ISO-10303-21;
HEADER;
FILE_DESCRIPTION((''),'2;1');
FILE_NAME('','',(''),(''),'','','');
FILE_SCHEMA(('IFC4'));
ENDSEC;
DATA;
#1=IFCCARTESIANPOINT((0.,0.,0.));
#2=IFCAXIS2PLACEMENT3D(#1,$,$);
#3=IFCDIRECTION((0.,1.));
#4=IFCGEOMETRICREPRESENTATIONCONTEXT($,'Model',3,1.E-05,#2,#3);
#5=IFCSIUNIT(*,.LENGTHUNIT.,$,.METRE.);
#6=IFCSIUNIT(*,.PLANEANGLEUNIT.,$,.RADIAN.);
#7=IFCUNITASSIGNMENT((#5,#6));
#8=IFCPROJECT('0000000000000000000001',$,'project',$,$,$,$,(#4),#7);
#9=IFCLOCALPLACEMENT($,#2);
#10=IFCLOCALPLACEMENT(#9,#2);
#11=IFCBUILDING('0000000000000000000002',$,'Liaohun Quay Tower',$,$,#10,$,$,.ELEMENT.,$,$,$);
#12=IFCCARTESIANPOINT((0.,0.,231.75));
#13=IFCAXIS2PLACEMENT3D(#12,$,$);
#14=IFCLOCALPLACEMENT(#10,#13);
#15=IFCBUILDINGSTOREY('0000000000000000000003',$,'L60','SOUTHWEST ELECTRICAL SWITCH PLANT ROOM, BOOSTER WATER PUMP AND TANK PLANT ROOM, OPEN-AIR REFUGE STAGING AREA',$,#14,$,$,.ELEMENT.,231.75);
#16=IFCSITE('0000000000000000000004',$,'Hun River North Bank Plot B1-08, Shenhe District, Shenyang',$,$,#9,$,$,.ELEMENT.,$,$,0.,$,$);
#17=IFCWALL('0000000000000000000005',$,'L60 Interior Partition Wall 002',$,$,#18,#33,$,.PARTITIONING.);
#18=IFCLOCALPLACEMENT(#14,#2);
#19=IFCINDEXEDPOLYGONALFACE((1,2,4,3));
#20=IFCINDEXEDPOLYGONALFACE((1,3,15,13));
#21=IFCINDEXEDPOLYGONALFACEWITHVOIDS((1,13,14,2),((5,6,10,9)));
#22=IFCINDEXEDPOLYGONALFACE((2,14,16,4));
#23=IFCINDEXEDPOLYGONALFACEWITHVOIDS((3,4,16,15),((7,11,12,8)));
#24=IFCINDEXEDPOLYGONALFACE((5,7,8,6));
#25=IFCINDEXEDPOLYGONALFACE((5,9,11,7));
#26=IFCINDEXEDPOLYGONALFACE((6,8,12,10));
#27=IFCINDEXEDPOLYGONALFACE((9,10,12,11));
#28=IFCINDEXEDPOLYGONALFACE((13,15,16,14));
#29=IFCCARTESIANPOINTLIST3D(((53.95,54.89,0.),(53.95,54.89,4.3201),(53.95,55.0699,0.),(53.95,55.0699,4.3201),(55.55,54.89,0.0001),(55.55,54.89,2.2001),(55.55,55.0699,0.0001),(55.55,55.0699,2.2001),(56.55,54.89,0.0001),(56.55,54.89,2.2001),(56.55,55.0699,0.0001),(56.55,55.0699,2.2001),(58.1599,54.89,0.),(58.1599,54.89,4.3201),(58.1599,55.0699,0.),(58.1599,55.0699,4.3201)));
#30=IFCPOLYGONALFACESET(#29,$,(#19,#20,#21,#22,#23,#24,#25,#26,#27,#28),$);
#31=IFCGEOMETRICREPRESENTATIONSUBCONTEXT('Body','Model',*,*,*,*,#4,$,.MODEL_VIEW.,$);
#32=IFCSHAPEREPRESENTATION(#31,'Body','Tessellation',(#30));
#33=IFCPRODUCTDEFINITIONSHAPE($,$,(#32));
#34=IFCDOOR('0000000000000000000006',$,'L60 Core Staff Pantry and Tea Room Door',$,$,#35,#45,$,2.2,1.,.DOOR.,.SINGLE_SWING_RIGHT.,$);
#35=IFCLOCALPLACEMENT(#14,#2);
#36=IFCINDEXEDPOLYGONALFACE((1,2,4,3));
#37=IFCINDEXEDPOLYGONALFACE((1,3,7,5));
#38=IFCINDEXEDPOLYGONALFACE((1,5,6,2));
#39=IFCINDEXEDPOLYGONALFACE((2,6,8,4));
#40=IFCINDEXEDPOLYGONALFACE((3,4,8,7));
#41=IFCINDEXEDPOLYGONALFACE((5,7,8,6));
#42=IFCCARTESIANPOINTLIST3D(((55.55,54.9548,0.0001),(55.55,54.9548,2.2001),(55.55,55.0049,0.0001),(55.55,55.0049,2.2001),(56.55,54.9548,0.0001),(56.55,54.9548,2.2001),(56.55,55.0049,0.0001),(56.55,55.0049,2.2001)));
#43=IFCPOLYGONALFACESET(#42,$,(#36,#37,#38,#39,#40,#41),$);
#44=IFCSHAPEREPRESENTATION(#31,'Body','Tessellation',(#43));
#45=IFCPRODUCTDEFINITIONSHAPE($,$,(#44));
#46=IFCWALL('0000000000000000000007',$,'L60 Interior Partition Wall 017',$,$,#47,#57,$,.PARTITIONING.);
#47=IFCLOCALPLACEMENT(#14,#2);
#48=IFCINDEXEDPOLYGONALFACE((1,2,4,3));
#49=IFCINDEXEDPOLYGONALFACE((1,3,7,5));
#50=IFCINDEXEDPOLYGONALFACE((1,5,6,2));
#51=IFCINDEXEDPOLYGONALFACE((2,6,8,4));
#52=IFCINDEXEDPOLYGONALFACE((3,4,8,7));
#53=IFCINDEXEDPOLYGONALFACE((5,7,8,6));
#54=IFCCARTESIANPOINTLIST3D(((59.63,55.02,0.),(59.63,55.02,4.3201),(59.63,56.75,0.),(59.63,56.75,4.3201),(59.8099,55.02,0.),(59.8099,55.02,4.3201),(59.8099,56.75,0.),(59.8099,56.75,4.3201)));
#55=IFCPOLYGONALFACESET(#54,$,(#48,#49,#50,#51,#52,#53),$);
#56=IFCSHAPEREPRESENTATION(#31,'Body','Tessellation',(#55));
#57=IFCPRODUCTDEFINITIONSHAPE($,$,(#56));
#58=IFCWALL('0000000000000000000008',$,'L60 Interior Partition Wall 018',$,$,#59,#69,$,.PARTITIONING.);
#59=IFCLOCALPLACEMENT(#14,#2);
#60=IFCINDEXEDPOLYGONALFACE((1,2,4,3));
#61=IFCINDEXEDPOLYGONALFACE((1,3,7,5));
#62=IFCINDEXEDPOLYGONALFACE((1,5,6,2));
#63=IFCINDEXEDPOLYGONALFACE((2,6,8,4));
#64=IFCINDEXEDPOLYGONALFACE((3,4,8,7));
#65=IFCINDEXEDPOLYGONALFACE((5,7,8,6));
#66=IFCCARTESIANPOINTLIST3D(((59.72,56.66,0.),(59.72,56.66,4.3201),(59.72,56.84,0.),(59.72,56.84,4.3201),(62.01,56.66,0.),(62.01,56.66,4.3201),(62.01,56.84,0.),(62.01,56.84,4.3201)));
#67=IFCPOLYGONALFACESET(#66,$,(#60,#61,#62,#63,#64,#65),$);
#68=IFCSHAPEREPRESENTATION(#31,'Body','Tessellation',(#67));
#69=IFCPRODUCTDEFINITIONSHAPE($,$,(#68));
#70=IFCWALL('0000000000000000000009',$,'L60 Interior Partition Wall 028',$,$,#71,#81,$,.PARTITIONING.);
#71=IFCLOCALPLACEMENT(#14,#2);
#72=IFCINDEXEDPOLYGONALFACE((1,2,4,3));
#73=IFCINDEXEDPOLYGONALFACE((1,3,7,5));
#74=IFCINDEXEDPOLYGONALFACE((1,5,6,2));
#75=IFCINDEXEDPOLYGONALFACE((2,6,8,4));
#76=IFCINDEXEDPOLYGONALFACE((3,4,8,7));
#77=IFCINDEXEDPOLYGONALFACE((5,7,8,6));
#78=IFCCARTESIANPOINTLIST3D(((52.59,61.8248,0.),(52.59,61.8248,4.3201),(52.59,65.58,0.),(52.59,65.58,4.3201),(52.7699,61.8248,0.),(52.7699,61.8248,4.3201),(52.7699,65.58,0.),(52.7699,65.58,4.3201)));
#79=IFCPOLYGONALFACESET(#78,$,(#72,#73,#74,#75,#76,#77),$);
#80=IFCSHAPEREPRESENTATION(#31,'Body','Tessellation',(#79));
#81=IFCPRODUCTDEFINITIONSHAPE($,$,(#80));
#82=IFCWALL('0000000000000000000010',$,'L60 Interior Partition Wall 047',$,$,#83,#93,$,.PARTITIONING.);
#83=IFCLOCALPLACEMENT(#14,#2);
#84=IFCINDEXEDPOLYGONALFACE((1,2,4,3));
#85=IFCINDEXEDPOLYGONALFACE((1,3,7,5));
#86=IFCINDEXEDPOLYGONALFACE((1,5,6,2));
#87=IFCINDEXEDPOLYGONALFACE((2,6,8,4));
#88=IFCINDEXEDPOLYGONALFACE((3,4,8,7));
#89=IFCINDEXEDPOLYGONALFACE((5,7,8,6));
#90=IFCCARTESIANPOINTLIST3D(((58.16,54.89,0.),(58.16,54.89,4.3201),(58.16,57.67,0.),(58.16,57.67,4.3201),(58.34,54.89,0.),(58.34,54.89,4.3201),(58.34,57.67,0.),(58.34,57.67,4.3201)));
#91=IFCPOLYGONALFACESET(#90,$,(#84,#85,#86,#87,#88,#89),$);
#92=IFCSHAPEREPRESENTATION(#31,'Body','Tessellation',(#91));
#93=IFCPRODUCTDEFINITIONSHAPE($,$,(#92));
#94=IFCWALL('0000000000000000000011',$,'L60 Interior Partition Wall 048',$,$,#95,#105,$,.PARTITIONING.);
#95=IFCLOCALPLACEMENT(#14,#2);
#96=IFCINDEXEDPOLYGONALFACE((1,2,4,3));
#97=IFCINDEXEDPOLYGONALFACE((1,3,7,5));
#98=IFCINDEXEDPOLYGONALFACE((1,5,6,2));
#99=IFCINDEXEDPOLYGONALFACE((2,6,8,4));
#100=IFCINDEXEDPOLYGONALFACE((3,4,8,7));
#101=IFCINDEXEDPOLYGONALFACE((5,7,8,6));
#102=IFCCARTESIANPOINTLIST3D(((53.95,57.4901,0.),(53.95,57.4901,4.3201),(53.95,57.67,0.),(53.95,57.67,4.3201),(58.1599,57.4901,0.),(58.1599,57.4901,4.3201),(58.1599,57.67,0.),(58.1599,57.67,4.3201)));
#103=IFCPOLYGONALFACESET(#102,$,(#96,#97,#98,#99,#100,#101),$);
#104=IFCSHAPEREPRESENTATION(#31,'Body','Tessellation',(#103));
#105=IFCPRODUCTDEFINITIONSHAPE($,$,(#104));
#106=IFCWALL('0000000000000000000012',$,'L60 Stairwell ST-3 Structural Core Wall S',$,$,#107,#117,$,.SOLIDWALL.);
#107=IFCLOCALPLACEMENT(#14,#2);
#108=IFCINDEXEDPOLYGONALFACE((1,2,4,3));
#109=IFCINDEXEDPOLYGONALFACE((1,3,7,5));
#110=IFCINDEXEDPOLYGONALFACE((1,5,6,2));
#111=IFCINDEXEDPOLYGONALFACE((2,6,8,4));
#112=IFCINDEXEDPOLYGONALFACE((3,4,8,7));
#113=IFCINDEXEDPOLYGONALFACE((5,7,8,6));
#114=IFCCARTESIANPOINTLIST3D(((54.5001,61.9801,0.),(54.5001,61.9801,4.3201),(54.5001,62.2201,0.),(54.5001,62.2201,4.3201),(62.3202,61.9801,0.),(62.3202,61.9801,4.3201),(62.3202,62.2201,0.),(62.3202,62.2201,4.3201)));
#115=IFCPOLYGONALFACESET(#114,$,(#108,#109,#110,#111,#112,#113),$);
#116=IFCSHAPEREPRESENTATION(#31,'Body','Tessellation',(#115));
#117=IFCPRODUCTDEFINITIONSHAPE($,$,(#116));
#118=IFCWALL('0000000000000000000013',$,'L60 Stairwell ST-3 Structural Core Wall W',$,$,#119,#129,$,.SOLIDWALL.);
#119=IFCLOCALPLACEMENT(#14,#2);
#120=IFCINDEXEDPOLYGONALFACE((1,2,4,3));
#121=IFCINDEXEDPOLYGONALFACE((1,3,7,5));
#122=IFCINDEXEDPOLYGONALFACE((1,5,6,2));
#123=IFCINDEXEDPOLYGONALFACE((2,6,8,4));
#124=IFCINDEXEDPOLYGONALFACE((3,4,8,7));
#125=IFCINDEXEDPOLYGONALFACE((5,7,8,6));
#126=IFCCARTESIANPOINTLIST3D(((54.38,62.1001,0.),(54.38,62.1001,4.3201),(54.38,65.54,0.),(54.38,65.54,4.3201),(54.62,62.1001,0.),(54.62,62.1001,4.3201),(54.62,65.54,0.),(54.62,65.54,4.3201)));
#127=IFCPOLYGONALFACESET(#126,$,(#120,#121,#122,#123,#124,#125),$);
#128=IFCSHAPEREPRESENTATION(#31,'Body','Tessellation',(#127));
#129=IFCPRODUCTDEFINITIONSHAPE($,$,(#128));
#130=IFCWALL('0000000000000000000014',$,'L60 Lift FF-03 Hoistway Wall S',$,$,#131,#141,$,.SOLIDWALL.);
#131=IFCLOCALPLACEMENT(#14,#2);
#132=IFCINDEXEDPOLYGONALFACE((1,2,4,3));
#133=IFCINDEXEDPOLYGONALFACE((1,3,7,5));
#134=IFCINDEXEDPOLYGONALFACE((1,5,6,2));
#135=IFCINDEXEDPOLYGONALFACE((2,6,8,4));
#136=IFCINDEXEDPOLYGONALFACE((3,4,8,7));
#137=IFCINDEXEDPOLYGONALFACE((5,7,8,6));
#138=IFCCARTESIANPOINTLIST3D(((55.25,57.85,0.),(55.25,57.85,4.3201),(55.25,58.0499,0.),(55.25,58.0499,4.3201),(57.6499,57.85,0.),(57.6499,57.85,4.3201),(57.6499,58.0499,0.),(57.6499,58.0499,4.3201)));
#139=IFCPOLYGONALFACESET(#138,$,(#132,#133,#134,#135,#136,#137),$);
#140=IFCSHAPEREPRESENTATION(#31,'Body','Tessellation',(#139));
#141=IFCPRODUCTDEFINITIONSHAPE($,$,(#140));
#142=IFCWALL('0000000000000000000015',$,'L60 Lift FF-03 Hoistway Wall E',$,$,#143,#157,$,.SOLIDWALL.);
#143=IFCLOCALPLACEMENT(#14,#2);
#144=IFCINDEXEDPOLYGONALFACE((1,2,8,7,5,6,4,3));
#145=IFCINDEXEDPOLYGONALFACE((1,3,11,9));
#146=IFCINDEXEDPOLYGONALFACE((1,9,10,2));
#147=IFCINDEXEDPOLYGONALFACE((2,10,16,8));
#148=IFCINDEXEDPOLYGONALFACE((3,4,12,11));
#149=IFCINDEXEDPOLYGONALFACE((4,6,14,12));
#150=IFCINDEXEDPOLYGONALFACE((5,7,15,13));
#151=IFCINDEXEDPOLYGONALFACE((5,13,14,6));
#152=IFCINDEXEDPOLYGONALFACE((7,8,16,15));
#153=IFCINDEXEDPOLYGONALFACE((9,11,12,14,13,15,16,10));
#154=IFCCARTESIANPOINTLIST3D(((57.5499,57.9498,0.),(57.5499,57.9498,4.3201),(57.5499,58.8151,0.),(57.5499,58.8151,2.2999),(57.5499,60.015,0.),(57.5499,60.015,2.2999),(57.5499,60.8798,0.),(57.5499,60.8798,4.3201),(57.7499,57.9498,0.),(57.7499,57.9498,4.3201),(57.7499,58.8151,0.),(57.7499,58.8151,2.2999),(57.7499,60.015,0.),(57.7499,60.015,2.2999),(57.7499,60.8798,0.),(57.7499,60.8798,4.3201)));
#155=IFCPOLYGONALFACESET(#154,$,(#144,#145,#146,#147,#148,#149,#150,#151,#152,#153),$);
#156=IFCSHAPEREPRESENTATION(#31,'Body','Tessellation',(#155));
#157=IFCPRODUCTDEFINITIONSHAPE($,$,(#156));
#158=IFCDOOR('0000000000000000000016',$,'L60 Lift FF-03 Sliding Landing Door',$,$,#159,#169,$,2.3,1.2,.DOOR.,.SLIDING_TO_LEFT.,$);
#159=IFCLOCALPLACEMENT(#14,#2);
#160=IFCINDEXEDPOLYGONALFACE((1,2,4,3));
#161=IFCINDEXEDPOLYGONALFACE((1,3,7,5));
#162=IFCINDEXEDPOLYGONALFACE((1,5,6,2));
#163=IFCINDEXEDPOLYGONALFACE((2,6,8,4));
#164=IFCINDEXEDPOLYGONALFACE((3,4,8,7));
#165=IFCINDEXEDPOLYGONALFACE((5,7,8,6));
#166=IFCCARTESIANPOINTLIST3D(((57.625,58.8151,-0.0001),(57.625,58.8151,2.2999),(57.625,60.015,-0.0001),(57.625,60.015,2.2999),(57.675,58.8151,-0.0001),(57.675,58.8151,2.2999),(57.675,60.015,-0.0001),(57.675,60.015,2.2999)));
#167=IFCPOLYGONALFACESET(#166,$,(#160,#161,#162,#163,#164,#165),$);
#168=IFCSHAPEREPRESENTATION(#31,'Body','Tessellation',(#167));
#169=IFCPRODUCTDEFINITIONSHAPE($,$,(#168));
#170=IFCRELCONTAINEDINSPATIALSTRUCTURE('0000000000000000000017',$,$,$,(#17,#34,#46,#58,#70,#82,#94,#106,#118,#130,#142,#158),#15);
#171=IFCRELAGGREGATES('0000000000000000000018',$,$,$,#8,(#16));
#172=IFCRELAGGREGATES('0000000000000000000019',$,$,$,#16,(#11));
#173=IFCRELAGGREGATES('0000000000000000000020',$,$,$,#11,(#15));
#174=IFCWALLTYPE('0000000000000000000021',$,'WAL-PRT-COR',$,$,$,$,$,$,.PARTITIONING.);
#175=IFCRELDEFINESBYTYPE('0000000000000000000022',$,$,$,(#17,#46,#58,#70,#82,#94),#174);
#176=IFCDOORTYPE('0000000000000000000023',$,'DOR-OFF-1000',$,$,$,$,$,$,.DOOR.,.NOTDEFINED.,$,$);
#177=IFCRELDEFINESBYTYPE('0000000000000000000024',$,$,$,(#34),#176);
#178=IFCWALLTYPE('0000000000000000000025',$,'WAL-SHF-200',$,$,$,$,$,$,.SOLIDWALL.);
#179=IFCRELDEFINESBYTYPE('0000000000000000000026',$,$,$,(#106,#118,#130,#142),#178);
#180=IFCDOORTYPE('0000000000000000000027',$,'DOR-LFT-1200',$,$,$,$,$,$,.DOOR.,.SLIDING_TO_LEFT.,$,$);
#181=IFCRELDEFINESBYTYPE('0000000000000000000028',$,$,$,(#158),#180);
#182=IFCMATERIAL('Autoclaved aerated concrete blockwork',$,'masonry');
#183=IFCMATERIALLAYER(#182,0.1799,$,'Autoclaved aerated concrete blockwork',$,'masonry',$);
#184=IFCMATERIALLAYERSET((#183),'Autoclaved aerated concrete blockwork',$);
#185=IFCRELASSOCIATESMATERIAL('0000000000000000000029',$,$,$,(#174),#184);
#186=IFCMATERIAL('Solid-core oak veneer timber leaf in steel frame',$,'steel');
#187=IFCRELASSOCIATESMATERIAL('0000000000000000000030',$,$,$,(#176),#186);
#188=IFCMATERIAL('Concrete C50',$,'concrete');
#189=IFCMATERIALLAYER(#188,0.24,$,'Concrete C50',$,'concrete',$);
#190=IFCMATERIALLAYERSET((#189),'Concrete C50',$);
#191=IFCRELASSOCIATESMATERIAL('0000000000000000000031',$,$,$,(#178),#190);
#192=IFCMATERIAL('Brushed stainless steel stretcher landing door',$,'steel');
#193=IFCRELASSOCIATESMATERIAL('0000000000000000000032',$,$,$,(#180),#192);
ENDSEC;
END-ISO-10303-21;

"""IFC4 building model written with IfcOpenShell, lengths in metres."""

from ifc_helpers import new_model, si_unit, direction, frame, frame_2d, origin, place, context, subcontext, project, spatial, rectangle, extrude, source, transform, mapped, material, layer, layer_set, type_object, element, fill, save


model = new_model("IFC4")

# Units and contexts
model_context = context("Model", 3, precision=1e-05, world=origin(), true_north=direction((0.0, 1.0)))
body_context = subcontext(model_context, "Body", "Model", "MODEL_VIEW")
ifc_project = project(units=[si_unit("LENGTHUNIT", "METRE"), si_unit("PLANEANGLEUNIT", "RADIAN")], contexts=[model_context])

# Site, building, storey
site_placement = place(None, origin())
site = spatial("IfcSite", under=ifc_project, at=site_placement, Name="Hun River North Bank Plot B1-08, Shenhe District, Shenyang", CompositionType="ELEMENT", RefElevation=0.0)
building_placement = place(site_placement, origin())
building = spatial("IfcBuilding", under=site, at=building_placement, Name="Liaohun Quay Tower", CompositionType="ELEMENT")
storey_placement = place(building_placement, frame((0.0, 0.0, 231.75)))
storey = spatial("IfcBuildingStorey", under=building, at=storey_placement, Name="L60", Description="SOUTHWEST ELECTRICAL SWITCH PLANT ROOM, BOOSTER WATER PUMP AND TANK PLANT ROOM, OPEN-AIR REFUGE STAGING AREA", CompositionType="ELEMENT", Elevation=231.75)

# Wall, opening, door
ifc_material_1 = material(Name="Autoclaved aerated concrete blockwork", Category="masonry")
ifc_layer_1 = layer(ifc_material_1, 0.1799, Name="Autoclaved aerated concrete blockwork", Category="masonry")
ifc_layer_set_1 = layer_set([ifc_layer_1], Name="Autoclaved aerated concrete blockwork")
wall_type_1 = type_object("IfcWallType", Name="WAL-PRT-COR", PredefinedType="PARTITIONING", material=ifc_layer_set_1)
wall_1_placement = place(storey_placement, frame((53.95, 54.98, 0.0), z_axis=(0.0, 0.0, 1.0), x_axis=(1.0, 0.0, 0.0)))
wall_1 = element("IfcWall", 1, at=wall_1_placement, inside=storey, type_object=wall_type_1, Name="L60 Interior Partition Wall 002", PredefinedType="PARTITIONING", context=body_context, shape_type="SweptSolid", body=[
    extrude(rectangle(XDim=4.21, YDim=0.1799, at=frame_2d((2.105, 0.0))), origin(), (0.0, 0.0, 1.0), 4.3201),
])
shared_shape_1 = source(origin(), body_context, "Body", "SweptSolid", [
    extrude(rectangle(XDim=1.0, YDim=2.2, at=frame_2d((0.5, 1.1001))), frame((0.0, 0.0999, 0.0), z_axis=(0.0, -1.0, 0.0), x_axis=(1.0, 0.0, 0.0)), (0.0, 0.0, 1.0), 0.2),
])
opening_1_placement = place(wall_1_placement, frame((1.6001, 0.0, 0.0)))
opening_1 = element("IfcOpeningElement", 2, at=opening_1_placement, cuts=wall_1, PredefinedType="OPENING", context=body_context, shape_type="MappedRepresentation", body=[
    mapped(shared_shape_1, transform((0.0, 0.0, 0.0), x_axis=(1.0, 0.0, 0.0), y_axis=(0.0, 1.0, 0.0), z_axis=(0.0, 0.0, 1.0), scale=1.0)),
])
ifc_material_2 = material(Name="Solid-core oak veneer timber leaf in steel frame", Category="steel")
door_type_1 = type_object("IfcDoorType", Name="DOR-OFF-1000", OperationType="NOTDEFINED", PredefinedType="DOOR", material=ifc_material_2)
shared_shape_2 = source(origin(), body_context, "Body", "SweptSolid", [
    extrude(rectangle(XDim=1.0, YDim=2.2, at=frame_2d((0.5, 1.1001))), frame((0.0, 0.0249, 0.0), z_axis=(0.0, -1.0, 0.0), x_axis=(1.0, 0.0, 0.0)), (0.0, 0.0, 1.0), 0.05),
])
door_1_placement = place(opening_1_placement, origin())
door_1 = element("IfcDoor", 3, at=door_1_placement, inside=storey, type_object=door_type_1, Name="L60 Core Staff Pantry and Tea Room Door", OperationType="SINGLE_SWING_RIGHT", OverallHeight=2.2, OverallWidth=1.0, PredefinedType="DOOR", context=body_context, shape_type="MappedRepresentation", body=[
    mapped(shared_shape_2, transform((0.0, 0.0, 0.0), x_axis=(1.0, 0.0, 0.0), y_axis=(0.0, 1.0, 0.0), z_axis=(0.0, 0.0, 1.0), scale=1.0)),
])
fill(opening_1, door_1)

# Walls
wall_2_placement = place(storey_placement, frame((59.72, 55.02, 0.0), z_axis=(0.0, 0.0, 1.0), x_axis=(0.0, 1.0, 0.0)))
element("IfcWall", 4, at=wall_2_placement, inside=storey, type_object=wall_type_1, Name="L60 Interior Partition Wall 017", PredefinedType="PARTITIONING", context=body_context, shape_type="SweptSolid", body=[
    extrude(rectangle(XDim=1.73, YDim=0.1799, at=frame_2d((0.865, 0.0))), origin(), (0.0, 0.0, 1.0), 4.3201),
])
wall_3_placement = place(storey_placement, frame((59.72, 56.75, 0.0), z_axis=(0.0, 0.0, 1.0), x_axis=(1.0, 0.0, 0.0)))
element("IfcWall", 5, at=wall_3_placement, inside=storey, type_object=wall_type_1, Name="L60 Interior Partition Wall 018", PredefinedType="PARTITIONING", context=body_context, shape_type="SweptSolid", body=[
    extrude(rectangle(XDim=2.29, YDim=0.1799, at=frame_2d((1.145, 0.0))), origin(), (0.0, 0.0, 1.0), 4.3201),
])
wall_4_placement = place(storey_placement, frame((52.6799, 61.825, 0.0), z_axis=(0.0, 0.0, 1.0), x_axis=(0.0, 1.0, 0.0)))
element("IfcWall", 6, at=wall_4_placement, inside=storey, type_object=wall_type_1, Name="L60 Interior Partition Wall 028", PredefinedType="PARTITIONING", context=body_context, shape_type="SweptSolid", body=[
    extrude(rectangle(XDim=3.7551, YDim=0.1799, at=frame_2d((1.8774, 0.0))), origin(), (0.0, 0.0, 1.0), 4.3201),
])
wall_5_placement = place(storey_placement, frame((58.25, 54.8899, 0.0), z_axis=(0.0, 0.0, 1.0), x_axis=(0.0, 1.0, 0.0)))
element("IfcWall", 7, at=wall_5_placement, inside=storey, type_object=wall_type_1, Name="L60 Interior Partition Wall 047", PredefinedType="PARTITIONING", context=body_context, shape_type="SweptSolid", body=[
    extrude(rectangle(XDim=2.78, YDim=0.1799, at=frame_2d((1.3901, 0.0))), origin(), (0.0, 0.0, 1.0), 4.3201),
])
wall_6_placement = place(storey_placement, frame((53.95, 57.5801, 0.0), z_axis=(0.0, 0.0, 1.0), x_axis=(1.0, 0.0, 0.0)))
element("IfcWall", 8, at=wall_6_placement, inside=storey, type_object=wall_type_1, Name="L60 Interior Partition Wall 048", PredefinedType="PARTITIONING", context=body_context, shape_type="SweptSolid", body=[
    extrude(rectangle(XDim=4.21, YDim=0.1799, at=frame_2d((2.105, 0.0))), origin(), (0.0, 0.0, 1.0), 4.3201),
])
ifc_material_3 = material(Name="Concrete C50", Category="concrete")
ifc_layer_2 = layer(ifc_material_3, 0.24, Name="Concrete C50", Category="concrete")
ifc_layer_set_2 = layer_set([ifc_layer_2], Name="Concrete C50")
wall_type_2 = type_object("IfcWallType", Name="WAL-SHF-200", PredefinedType="SOLIDWALL", material=ifc_layer_set_2)
wall_7_placement = place(storey_placement, frame((54.5, 62.1001, 0.0), z_axis=(0.0, 0.0, 1.0), x_axis=(1.0, 0.0, 0.0)))
element("IfcWall", 9, at=wall_7_placement, inside=storey, type_object=wall_type_2, Name="L60 Stairwell ST-3 Structural Core Wall S", PredefinedType="SOLIDWALL", context=body_context, shape_type="SweptSolid", body=[
    extrude(rectangle(XDim=7.8201, YDim=0.24, at=frame_2d((3.9102, 0.0))), origin(), (0.0, 0.0, 1.0), 4.3201),
])
wall_8_placement = place(storey_placement, frame((54.5, 65.54, 0.0), z_axis=(0.0, 0.0, 1.0), x_axis=(0.0, -1.0, 0.0)))
element("IfcWall", 10, at=wall_8_placement, inside=storey, type_object=wall_type_2, Name="L60 Stairwell ST-3 Structural Core Wall W", PredefinedType="SOLIDWALL", context=body_context, shape_type="SweptSolid", body=[
    extrude(rectangle(XDim=3.4399, YDim=0.24, at=frame_2d((1.72, 0.0))), origin(), (0.0, 0.0, 1.0), 4.3201),
])
wall_9_placement = place(storey_placement, frame((55.25, 57.95, 0.0), z_axis=(0.0, 0.0, 1.0), x_axis=(1.0, 0.0, 0.0)))
element("IfcWall", 11, at=wall_9_placement, inside=storey, type_object=wall_type_2, Name="L60 Lift FF-03 Hoistway Wall S", PredefinedType="SOLIDWALL", context=body_context, shape_type="SweptSolid", body=[
    extrude(rectangle(XDim=2.3999, YDim=0.2, at=frame_2d((1.2, 0.0))), origin(), (0.0, 0.0, 1.0), 4.3201),
])

# Wall, opening, door
wall_10_placement = place(storey_placement, frame((57.6499, 57.95, 0.0), z_axis=(0.0, 0.0, 1.0), x_axis=(0.0, 1.0, 0.0)))
wall_10 = element("IfcWall", 12, at=wall_10_placement, inside=storey, type_object=wall_type_2, Name="L60 Lift FF-03 Hoistway Wall E", PredefinedType="SOLIDWALL", context=body_context, shape_type="SweptSolid", body=[
    extrude(rectangle(XDim=2.9299, YDim=0.2, at=frame_2d((1.4648, 0.0))), origin(), (0.0, 0.0, 1.0), 4.3201),
])
shared_shape_3 = source(origin(), body_context, "Body", "SweptSolid", [
    extrude(rectangle(XDim=1.2, YDim=2.3, at=frame_2d((0.6001, 1.1499))), frame((0.0, 0.1099, 0.0), z_axis=(0.0, -1.0, 0.0), x_axis=(1.0, 0.0, 0.0)), (0.0, 0.0, 1.0), 0.22),
])
opening_2_placement = place(wall_10_placement, frame((0.865, 0.0, 0.0)))
opening_2 = element("IfcOpeningElement", 13, at=opening_2_placement, cuts=wall_10, PredefinedType="OPENING", context=body_context, shape_type="MappedRepresentation", body=[
    mapped(shared_shape_3, transform((0.0, 0.0, 0.0), x_axis=(1.0, 0.0, 0.0), y_axis=(0.0, 1.0, 0.0), z_axis=(0.0, 0.0, 1.0), scale=1.0)),
])
ifc_material_4 = material(Name="Brushed stainless steel stretcher landing door", Category="steel")
door_type_2 = type_object("IfcDoorType", Name="DOR-LFT-1200", OperationType="SLIDING_TO_LEFT", PredefinedType="DOOR", material=ifc_material_4)
shared_shape_4 = source(origin(), body_context, "Body", "SweptSolid", [
    extrude(rectangle(XDim=1.2, YDim=2.3, at=frame_2d((0.6001, 1.1499))), frame((0.0, 0.0249, 0.0), z_axis=(0.0, -1.0, 0.0), x_axis=(1.0, 0.0, 0.0)), (0.0, 0.0, 1.0), 0.05),
])
door_2_placement = place(opening_2_placement, origin())
door_2 = element("IfcDoor", 14, at=door_2_placement, inside=storey, type_object=door_type_2, Name="L60 Lift FF-03 Sliding Landing Door", OperationType="SLIDING_TO_LEFT", OverallHeight=2.3, OverallWidth=1.2, PredefinedType="DOOR", context=body_context, shape_type="MappedRepresentation", body=[
    mapped(shared_shape_4, transform((0.0, 0.0, 0.0), x_axis=(1.0, 0.0, 0.0), y_axis=(0.0, 1.0, 0.0), z_axis=(0.0, 0.0, 1.0), scale=1.0)),
])
fill(opening_2, door_2)

save(model, "model.ifc")
